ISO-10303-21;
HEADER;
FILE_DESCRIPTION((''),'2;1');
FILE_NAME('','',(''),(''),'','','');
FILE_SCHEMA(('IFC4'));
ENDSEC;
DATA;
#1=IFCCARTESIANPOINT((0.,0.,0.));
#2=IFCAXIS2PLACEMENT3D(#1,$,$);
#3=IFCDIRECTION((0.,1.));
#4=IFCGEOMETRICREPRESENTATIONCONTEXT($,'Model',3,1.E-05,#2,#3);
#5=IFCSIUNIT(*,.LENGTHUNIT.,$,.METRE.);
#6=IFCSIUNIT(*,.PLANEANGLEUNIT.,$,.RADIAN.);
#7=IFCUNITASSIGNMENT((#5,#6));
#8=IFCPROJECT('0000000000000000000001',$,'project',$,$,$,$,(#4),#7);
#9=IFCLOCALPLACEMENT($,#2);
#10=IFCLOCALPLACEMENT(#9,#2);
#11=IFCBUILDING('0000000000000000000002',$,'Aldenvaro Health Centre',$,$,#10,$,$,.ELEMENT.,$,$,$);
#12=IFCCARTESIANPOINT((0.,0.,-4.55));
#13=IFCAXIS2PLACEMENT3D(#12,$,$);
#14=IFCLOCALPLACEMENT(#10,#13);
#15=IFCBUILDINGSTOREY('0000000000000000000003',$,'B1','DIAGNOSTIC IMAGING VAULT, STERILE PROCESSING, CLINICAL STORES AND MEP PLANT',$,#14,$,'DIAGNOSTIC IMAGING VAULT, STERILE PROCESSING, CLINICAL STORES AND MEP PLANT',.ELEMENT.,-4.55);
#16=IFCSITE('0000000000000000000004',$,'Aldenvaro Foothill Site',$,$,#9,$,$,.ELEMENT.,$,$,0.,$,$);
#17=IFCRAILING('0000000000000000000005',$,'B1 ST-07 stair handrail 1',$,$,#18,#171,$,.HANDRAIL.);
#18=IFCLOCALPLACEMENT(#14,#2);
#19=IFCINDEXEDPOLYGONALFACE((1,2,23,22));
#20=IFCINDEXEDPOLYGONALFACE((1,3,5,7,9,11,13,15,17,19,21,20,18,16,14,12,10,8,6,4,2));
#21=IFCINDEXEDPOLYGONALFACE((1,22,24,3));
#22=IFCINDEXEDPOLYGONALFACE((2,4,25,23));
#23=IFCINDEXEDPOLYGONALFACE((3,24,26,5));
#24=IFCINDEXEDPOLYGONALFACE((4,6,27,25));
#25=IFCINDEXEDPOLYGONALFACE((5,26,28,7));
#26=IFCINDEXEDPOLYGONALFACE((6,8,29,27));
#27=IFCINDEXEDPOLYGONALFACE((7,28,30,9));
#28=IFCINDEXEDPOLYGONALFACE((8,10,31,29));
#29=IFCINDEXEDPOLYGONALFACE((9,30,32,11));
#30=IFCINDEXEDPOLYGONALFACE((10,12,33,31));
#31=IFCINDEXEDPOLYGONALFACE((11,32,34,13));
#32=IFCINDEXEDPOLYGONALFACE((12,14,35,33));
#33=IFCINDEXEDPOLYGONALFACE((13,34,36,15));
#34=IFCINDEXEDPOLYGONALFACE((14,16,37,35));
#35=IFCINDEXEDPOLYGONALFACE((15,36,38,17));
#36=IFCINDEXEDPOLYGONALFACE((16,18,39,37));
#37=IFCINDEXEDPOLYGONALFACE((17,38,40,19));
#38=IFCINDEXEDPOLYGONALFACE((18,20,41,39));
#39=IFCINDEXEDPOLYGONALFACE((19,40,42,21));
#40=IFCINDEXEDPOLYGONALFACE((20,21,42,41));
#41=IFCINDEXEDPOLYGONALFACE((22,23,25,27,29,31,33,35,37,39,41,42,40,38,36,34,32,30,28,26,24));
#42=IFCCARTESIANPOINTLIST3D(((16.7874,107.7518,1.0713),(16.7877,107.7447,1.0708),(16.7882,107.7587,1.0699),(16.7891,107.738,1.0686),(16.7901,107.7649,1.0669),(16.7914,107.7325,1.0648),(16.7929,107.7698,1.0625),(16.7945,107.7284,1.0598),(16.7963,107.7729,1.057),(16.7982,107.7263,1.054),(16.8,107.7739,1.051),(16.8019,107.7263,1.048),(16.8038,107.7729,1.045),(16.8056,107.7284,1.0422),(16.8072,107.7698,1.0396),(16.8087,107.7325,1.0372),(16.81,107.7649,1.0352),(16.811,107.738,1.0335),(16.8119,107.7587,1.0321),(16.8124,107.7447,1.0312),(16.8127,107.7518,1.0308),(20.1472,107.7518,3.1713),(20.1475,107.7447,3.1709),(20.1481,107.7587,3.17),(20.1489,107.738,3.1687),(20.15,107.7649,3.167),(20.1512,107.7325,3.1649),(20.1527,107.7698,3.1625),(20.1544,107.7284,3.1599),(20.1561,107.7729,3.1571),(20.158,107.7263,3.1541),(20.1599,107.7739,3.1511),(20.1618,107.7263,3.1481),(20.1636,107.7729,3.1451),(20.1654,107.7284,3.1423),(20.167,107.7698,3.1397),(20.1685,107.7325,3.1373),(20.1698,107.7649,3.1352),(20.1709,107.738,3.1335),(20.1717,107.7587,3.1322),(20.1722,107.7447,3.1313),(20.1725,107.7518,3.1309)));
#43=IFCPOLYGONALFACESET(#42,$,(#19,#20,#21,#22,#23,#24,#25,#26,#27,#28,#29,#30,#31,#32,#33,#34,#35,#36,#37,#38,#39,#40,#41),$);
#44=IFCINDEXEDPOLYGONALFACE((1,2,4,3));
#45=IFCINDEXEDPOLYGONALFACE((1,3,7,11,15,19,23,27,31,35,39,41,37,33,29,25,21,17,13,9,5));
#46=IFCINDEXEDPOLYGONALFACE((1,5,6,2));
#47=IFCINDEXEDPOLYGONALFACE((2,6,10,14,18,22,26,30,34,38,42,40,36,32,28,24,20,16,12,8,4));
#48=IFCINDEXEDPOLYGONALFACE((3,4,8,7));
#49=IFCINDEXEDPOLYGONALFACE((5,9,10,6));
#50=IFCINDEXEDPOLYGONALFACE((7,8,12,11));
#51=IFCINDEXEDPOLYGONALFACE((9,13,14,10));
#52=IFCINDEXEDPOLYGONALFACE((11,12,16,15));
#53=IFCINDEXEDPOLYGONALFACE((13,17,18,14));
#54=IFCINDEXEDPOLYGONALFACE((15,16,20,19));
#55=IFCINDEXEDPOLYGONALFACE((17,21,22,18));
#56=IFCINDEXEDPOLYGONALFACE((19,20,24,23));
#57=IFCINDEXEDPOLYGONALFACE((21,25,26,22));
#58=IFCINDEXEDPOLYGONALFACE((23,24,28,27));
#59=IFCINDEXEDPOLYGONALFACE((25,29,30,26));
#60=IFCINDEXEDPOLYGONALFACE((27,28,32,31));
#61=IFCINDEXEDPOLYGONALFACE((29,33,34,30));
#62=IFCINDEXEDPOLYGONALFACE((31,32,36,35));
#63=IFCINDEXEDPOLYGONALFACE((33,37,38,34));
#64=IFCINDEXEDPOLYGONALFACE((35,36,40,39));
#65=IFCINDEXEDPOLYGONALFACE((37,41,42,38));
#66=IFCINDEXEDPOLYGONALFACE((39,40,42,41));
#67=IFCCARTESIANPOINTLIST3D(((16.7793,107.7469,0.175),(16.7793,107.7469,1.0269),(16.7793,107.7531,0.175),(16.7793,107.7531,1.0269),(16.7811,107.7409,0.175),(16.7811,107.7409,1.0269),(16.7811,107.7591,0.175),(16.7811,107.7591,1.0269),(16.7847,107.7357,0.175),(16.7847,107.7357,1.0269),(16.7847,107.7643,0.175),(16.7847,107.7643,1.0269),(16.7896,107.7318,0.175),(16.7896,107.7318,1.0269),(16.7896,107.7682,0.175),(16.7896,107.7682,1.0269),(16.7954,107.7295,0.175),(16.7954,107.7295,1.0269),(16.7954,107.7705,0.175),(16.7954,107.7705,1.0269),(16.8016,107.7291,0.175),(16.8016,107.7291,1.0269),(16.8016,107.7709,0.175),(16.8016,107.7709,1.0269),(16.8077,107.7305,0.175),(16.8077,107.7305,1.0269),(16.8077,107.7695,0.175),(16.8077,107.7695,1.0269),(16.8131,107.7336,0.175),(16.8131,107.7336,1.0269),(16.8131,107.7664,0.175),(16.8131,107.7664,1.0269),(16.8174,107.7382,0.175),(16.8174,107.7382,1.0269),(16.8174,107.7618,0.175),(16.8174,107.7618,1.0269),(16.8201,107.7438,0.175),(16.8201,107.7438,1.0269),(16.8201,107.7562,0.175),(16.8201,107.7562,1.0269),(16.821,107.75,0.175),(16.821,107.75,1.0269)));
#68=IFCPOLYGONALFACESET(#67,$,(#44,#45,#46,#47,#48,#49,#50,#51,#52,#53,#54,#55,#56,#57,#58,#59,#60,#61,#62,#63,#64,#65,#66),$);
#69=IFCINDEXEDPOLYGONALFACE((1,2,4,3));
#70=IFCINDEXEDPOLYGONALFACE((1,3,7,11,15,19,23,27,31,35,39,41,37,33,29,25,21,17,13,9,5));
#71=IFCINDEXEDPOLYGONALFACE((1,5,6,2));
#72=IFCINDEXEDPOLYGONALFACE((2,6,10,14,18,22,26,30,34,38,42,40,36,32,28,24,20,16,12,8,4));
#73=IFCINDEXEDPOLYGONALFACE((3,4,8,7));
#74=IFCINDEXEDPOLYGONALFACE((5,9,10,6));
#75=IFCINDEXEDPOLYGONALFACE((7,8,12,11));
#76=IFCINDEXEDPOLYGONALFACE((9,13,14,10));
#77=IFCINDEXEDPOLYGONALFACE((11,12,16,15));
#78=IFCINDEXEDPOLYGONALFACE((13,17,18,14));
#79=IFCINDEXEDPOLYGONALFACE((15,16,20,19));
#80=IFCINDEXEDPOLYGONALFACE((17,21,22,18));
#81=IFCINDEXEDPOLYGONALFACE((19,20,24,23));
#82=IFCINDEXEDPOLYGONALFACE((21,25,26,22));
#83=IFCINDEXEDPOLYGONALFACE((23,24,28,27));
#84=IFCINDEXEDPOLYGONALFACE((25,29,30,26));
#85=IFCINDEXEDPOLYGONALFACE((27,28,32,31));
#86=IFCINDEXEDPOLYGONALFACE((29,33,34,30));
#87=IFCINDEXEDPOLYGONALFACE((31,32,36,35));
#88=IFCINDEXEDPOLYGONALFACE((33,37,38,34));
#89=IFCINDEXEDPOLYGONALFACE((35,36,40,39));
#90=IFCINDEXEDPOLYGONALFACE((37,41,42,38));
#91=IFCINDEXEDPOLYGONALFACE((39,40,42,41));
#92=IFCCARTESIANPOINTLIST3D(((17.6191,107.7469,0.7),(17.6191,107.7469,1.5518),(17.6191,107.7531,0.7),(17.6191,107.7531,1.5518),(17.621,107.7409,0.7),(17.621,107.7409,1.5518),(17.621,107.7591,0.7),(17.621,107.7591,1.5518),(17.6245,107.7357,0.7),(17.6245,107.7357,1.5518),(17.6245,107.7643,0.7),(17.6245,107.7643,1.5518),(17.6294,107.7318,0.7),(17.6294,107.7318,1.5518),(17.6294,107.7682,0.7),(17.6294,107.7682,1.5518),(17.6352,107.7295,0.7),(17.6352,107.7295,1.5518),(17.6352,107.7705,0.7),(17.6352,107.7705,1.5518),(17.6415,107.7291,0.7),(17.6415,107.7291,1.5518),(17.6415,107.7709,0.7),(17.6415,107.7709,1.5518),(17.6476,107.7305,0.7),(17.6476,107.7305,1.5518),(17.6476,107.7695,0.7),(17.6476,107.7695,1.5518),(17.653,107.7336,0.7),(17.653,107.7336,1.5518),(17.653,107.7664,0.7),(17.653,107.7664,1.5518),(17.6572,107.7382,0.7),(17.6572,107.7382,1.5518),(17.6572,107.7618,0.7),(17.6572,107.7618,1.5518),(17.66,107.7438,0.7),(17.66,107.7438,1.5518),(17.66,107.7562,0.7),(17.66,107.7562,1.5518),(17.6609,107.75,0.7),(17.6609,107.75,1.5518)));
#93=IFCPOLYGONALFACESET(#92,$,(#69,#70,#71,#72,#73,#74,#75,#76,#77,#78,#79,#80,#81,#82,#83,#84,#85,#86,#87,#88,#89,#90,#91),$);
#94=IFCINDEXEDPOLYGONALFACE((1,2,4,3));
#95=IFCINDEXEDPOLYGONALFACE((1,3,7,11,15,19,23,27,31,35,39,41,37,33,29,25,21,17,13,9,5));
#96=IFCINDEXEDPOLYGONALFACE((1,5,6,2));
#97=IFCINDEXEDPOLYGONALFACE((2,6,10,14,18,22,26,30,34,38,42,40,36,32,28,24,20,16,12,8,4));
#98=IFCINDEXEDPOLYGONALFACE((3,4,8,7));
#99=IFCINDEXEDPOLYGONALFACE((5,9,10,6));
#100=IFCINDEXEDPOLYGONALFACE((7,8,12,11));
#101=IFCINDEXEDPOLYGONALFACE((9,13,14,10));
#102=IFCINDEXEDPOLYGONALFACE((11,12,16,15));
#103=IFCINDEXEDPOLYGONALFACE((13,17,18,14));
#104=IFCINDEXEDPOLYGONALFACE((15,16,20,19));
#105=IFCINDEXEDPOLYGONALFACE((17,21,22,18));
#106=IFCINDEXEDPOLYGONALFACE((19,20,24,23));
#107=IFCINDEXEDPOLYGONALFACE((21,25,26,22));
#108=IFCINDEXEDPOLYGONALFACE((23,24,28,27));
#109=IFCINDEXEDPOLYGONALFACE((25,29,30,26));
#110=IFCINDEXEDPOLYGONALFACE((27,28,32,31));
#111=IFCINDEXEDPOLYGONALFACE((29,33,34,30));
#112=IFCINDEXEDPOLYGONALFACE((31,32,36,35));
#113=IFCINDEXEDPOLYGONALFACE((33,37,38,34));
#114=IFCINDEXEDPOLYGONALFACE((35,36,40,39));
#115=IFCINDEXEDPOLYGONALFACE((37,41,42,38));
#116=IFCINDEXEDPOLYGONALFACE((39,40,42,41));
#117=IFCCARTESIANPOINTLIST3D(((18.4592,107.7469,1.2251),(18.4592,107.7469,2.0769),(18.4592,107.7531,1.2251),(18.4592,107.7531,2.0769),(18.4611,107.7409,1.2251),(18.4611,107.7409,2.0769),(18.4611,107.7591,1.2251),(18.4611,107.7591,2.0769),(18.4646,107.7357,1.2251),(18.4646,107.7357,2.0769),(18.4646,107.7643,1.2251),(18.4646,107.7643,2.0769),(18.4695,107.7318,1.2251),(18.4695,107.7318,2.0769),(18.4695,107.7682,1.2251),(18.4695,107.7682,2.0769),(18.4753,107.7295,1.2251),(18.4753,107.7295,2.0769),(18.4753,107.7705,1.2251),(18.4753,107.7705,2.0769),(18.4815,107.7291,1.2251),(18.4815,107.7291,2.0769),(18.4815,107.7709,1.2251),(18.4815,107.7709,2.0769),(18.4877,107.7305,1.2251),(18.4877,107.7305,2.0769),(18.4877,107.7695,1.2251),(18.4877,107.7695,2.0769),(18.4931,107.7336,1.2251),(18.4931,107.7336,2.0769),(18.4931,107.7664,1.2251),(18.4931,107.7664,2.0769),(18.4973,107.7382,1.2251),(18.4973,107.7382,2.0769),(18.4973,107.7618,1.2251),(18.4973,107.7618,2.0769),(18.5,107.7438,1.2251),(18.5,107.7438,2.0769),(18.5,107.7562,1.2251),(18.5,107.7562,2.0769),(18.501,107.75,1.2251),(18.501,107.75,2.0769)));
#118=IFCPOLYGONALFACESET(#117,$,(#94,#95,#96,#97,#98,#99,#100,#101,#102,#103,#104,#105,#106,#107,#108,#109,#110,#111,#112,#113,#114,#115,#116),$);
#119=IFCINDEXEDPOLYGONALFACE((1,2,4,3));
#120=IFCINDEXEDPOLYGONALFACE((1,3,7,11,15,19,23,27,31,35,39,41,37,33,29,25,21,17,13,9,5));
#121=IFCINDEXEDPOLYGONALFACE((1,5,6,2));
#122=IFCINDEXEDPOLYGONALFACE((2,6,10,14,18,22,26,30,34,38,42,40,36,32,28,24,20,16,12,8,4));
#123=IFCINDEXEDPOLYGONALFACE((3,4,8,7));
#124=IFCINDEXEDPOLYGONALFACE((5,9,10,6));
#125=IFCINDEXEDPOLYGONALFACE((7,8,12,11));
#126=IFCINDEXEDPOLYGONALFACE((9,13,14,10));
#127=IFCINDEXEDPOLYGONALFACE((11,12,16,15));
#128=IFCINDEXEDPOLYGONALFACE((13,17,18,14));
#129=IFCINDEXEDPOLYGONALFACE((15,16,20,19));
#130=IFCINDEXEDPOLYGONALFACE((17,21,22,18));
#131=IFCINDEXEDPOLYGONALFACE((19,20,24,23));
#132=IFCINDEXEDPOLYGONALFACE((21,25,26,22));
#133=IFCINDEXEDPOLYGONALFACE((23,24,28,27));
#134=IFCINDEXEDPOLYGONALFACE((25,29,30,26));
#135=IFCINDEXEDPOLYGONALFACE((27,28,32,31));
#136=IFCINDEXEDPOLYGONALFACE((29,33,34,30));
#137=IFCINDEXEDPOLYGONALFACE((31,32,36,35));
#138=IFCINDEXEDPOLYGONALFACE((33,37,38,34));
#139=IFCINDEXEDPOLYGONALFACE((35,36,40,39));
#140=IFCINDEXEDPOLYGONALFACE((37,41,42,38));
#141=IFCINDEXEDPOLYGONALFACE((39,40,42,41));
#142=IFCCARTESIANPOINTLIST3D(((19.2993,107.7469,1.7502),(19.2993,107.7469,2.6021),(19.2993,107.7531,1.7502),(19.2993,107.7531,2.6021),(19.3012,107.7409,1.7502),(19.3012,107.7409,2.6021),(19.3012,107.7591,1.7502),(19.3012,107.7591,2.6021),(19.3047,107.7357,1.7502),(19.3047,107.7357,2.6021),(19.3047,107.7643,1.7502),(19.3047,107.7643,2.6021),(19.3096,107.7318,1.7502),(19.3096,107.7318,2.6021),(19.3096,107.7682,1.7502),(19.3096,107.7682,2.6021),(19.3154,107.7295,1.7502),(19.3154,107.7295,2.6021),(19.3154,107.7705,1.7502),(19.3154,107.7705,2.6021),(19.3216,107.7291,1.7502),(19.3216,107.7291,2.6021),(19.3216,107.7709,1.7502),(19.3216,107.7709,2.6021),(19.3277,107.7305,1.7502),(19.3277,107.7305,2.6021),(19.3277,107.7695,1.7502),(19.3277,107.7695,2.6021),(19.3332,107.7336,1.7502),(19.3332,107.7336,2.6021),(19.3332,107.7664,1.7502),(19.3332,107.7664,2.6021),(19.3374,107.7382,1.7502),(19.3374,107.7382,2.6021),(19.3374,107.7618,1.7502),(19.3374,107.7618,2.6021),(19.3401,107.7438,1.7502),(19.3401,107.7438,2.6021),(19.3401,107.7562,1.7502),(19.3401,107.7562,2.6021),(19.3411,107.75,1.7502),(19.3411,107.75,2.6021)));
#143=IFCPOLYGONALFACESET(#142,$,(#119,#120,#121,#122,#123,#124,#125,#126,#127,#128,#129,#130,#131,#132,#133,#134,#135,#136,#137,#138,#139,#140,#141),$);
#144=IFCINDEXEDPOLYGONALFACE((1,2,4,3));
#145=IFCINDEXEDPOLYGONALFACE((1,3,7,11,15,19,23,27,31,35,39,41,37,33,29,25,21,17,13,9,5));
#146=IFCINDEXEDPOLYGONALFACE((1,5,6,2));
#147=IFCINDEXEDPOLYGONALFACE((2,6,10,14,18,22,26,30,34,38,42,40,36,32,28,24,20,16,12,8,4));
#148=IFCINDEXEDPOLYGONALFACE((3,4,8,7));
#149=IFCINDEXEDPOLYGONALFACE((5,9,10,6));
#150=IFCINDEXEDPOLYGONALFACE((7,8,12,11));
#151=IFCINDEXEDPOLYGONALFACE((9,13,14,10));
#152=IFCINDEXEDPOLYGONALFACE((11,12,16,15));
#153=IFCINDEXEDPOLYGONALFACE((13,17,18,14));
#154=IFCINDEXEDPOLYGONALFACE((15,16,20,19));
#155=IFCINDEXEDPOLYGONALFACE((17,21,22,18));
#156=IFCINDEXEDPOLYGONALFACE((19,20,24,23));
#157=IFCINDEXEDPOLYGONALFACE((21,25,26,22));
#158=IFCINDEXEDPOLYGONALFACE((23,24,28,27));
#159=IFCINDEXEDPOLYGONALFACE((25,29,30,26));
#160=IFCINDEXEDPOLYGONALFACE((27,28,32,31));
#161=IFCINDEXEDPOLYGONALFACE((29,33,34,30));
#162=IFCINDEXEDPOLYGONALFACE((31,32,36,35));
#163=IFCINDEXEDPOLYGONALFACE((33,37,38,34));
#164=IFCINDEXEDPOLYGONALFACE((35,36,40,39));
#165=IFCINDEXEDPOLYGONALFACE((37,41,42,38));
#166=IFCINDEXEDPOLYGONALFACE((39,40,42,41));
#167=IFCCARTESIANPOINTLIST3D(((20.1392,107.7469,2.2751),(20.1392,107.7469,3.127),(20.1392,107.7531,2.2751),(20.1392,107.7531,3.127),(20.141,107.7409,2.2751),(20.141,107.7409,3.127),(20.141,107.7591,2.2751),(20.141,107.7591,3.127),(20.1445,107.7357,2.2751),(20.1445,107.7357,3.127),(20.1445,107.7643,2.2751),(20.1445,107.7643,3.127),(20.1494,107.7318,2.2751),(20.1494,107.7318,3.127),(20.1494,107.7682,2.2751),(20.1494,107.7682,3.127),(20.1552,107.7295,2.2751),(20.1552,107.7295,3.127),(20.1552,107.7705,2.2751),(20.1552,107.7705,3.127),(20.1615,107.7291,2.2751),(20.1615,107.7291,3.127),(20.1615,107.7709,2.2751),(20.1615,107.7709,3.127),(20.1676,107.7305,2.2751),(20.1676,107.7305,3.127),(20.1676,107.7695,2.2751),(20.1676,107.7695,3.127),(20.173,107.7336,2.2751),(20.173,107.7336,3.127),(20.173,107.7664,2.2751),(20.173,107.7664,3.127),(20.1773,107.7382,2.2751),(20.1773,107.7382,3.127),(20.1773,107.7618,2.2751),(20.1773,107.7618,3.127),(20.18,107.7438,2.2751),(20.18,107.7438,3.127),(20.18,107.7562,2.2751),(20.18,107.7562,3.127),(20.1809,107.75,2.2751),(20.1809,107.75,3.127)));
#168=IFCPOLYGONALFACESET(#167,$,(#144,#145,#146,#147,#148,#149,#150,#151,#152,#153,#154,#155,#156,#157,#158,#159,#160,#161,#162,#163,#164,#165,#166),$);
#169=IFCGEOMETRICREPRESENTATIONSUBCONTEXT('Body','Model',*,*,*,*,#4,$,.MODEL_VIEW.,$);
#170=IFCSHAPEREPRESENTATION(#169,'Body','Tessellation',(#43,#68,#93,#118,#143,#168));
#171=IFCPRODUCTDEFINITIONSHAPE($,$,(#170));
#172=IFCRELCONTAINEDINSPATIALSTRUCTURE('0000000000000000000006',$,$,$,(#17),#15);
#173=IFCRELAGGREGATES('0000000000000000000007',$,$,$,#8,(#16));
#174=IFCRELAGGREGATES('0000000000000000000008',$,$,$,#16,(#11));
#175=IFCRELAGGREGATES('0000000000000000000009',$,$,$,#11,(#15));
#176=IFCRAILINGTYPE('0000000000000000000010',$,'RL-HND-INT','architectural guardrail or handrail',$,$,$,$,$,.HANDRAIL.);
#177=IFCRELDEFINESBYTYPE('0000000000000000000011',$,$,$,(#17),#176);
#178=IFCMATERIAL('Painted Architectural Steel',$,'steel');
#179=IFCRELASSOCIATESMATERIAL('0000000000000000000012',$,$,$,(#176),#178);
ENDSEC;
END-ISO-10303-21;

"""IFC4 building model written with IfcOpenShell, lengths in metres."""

from ifc_helpers import new_model, si_unit, direction, frame, origin, origin_2d, place, context, subcontext, project, spatial, circle, extrude, material, type_object, element, save


model = new_model("IFC4")

# Units and contexts
model_context = context("Model", 3, precision=1e-05, world=origin(), true_north=direction((0.0, 1.0)))
body_context = subcontext(model_context, "Body", "Model", "MODEL_VIEW")
ifc_project = project(units=[si_unit("LENGTHUNIT", "METRE"), si_unit("PLANEANGLEUNIT", "RADIAN")], contexts=[model_context])

# Site, building, storey
site_placement = place(None, origin())
site = spatial("IfcSite", under=ifc_project, at=site_placement, Name="Aldenvaro Foothill Site", CompositionType="ELEMENT", RefElevation=0.0)
building_placement = place(site_placement, origin())
building = spatial("IfcBuilding", under=site, at=building_placement, Name="Aldenvaro Health Centre", CompositionType="ELEMENT")
storey_placement = place(building_placement, frame((0.0, 0.0, -4.55)))
storey = spatial("IfcBuildingStorey", under=building, at=storey_placement, Name="B1", Description="DIAGNOSTIC IMAGING VAULT, STERILE PROCESSING, CLINICAL STORES AND MEP PLANT", LongName="DIAGNOSTIC IMAGING VAULT, STERILE PROCESSING, CLINICAL STORES AND MEP PLANT", CompositionType="ELEMENT", Elevation=-4.55)

# Railing
ifc_material_1 = material(Name="Painted Architectural Steel", Category="steel")
railing_type_1 = type_object("IfcRailingType", Name="RL-HND-INT", Description="architectural guardrail or handrail", PredefinedType="HANDRAIL", material=ifc_material_1)
railing_1_placement = place(storey_placement, frame((16.8, 107.75, 0.175)))
element("IfcRailing", 1, at=railing_1_placement, inside=storey, type_object=railing_type_1, Name="B1 ST-07 stair handrail 1", PredefinedType="HANDRAIL", context=body_context, shape_type="SweptSolid", body=[
    extrude(circle(Radius=0.0239, at=origin_2d()), frame((0.0, 0.0, 0.876), z_axis=(0.847978, 0.0, 0.530032), x_axis=(0.0, 1.0, 0.0)), (0.0, 0.0, 1.0), 3.9622),
    extrude(circle(Radius=0.021, at=origin_2d()), origin(), (0.0, 0.0, 1.0), 0.8518),
    extrude(circle(Radius=0.021, at=origin_2d()), frame((0.8398, 0.0, 0.5249)), (0.0, 0.0, 1.0), 0.8518),
    extrude(circle(Radius=0.021, at=origin_2d()), frame((1.6799, 0.0, 1.05)), (0.0, 0.0, 1.0), 0.8518),
    extrude(circle(Radius=0.021, at=origin_2d()), frame((2.52, 0.0, 1.5752)), (0.0, 0.0, 1.0), 0.8518),
    extrude(circle(Radius=0.021, at=origin_2d()), frame((3.3599, 0.0, 2.1001)), (0.0, 0.0, 1.0), 0.8518),
])

save(model, "model.ifc")
